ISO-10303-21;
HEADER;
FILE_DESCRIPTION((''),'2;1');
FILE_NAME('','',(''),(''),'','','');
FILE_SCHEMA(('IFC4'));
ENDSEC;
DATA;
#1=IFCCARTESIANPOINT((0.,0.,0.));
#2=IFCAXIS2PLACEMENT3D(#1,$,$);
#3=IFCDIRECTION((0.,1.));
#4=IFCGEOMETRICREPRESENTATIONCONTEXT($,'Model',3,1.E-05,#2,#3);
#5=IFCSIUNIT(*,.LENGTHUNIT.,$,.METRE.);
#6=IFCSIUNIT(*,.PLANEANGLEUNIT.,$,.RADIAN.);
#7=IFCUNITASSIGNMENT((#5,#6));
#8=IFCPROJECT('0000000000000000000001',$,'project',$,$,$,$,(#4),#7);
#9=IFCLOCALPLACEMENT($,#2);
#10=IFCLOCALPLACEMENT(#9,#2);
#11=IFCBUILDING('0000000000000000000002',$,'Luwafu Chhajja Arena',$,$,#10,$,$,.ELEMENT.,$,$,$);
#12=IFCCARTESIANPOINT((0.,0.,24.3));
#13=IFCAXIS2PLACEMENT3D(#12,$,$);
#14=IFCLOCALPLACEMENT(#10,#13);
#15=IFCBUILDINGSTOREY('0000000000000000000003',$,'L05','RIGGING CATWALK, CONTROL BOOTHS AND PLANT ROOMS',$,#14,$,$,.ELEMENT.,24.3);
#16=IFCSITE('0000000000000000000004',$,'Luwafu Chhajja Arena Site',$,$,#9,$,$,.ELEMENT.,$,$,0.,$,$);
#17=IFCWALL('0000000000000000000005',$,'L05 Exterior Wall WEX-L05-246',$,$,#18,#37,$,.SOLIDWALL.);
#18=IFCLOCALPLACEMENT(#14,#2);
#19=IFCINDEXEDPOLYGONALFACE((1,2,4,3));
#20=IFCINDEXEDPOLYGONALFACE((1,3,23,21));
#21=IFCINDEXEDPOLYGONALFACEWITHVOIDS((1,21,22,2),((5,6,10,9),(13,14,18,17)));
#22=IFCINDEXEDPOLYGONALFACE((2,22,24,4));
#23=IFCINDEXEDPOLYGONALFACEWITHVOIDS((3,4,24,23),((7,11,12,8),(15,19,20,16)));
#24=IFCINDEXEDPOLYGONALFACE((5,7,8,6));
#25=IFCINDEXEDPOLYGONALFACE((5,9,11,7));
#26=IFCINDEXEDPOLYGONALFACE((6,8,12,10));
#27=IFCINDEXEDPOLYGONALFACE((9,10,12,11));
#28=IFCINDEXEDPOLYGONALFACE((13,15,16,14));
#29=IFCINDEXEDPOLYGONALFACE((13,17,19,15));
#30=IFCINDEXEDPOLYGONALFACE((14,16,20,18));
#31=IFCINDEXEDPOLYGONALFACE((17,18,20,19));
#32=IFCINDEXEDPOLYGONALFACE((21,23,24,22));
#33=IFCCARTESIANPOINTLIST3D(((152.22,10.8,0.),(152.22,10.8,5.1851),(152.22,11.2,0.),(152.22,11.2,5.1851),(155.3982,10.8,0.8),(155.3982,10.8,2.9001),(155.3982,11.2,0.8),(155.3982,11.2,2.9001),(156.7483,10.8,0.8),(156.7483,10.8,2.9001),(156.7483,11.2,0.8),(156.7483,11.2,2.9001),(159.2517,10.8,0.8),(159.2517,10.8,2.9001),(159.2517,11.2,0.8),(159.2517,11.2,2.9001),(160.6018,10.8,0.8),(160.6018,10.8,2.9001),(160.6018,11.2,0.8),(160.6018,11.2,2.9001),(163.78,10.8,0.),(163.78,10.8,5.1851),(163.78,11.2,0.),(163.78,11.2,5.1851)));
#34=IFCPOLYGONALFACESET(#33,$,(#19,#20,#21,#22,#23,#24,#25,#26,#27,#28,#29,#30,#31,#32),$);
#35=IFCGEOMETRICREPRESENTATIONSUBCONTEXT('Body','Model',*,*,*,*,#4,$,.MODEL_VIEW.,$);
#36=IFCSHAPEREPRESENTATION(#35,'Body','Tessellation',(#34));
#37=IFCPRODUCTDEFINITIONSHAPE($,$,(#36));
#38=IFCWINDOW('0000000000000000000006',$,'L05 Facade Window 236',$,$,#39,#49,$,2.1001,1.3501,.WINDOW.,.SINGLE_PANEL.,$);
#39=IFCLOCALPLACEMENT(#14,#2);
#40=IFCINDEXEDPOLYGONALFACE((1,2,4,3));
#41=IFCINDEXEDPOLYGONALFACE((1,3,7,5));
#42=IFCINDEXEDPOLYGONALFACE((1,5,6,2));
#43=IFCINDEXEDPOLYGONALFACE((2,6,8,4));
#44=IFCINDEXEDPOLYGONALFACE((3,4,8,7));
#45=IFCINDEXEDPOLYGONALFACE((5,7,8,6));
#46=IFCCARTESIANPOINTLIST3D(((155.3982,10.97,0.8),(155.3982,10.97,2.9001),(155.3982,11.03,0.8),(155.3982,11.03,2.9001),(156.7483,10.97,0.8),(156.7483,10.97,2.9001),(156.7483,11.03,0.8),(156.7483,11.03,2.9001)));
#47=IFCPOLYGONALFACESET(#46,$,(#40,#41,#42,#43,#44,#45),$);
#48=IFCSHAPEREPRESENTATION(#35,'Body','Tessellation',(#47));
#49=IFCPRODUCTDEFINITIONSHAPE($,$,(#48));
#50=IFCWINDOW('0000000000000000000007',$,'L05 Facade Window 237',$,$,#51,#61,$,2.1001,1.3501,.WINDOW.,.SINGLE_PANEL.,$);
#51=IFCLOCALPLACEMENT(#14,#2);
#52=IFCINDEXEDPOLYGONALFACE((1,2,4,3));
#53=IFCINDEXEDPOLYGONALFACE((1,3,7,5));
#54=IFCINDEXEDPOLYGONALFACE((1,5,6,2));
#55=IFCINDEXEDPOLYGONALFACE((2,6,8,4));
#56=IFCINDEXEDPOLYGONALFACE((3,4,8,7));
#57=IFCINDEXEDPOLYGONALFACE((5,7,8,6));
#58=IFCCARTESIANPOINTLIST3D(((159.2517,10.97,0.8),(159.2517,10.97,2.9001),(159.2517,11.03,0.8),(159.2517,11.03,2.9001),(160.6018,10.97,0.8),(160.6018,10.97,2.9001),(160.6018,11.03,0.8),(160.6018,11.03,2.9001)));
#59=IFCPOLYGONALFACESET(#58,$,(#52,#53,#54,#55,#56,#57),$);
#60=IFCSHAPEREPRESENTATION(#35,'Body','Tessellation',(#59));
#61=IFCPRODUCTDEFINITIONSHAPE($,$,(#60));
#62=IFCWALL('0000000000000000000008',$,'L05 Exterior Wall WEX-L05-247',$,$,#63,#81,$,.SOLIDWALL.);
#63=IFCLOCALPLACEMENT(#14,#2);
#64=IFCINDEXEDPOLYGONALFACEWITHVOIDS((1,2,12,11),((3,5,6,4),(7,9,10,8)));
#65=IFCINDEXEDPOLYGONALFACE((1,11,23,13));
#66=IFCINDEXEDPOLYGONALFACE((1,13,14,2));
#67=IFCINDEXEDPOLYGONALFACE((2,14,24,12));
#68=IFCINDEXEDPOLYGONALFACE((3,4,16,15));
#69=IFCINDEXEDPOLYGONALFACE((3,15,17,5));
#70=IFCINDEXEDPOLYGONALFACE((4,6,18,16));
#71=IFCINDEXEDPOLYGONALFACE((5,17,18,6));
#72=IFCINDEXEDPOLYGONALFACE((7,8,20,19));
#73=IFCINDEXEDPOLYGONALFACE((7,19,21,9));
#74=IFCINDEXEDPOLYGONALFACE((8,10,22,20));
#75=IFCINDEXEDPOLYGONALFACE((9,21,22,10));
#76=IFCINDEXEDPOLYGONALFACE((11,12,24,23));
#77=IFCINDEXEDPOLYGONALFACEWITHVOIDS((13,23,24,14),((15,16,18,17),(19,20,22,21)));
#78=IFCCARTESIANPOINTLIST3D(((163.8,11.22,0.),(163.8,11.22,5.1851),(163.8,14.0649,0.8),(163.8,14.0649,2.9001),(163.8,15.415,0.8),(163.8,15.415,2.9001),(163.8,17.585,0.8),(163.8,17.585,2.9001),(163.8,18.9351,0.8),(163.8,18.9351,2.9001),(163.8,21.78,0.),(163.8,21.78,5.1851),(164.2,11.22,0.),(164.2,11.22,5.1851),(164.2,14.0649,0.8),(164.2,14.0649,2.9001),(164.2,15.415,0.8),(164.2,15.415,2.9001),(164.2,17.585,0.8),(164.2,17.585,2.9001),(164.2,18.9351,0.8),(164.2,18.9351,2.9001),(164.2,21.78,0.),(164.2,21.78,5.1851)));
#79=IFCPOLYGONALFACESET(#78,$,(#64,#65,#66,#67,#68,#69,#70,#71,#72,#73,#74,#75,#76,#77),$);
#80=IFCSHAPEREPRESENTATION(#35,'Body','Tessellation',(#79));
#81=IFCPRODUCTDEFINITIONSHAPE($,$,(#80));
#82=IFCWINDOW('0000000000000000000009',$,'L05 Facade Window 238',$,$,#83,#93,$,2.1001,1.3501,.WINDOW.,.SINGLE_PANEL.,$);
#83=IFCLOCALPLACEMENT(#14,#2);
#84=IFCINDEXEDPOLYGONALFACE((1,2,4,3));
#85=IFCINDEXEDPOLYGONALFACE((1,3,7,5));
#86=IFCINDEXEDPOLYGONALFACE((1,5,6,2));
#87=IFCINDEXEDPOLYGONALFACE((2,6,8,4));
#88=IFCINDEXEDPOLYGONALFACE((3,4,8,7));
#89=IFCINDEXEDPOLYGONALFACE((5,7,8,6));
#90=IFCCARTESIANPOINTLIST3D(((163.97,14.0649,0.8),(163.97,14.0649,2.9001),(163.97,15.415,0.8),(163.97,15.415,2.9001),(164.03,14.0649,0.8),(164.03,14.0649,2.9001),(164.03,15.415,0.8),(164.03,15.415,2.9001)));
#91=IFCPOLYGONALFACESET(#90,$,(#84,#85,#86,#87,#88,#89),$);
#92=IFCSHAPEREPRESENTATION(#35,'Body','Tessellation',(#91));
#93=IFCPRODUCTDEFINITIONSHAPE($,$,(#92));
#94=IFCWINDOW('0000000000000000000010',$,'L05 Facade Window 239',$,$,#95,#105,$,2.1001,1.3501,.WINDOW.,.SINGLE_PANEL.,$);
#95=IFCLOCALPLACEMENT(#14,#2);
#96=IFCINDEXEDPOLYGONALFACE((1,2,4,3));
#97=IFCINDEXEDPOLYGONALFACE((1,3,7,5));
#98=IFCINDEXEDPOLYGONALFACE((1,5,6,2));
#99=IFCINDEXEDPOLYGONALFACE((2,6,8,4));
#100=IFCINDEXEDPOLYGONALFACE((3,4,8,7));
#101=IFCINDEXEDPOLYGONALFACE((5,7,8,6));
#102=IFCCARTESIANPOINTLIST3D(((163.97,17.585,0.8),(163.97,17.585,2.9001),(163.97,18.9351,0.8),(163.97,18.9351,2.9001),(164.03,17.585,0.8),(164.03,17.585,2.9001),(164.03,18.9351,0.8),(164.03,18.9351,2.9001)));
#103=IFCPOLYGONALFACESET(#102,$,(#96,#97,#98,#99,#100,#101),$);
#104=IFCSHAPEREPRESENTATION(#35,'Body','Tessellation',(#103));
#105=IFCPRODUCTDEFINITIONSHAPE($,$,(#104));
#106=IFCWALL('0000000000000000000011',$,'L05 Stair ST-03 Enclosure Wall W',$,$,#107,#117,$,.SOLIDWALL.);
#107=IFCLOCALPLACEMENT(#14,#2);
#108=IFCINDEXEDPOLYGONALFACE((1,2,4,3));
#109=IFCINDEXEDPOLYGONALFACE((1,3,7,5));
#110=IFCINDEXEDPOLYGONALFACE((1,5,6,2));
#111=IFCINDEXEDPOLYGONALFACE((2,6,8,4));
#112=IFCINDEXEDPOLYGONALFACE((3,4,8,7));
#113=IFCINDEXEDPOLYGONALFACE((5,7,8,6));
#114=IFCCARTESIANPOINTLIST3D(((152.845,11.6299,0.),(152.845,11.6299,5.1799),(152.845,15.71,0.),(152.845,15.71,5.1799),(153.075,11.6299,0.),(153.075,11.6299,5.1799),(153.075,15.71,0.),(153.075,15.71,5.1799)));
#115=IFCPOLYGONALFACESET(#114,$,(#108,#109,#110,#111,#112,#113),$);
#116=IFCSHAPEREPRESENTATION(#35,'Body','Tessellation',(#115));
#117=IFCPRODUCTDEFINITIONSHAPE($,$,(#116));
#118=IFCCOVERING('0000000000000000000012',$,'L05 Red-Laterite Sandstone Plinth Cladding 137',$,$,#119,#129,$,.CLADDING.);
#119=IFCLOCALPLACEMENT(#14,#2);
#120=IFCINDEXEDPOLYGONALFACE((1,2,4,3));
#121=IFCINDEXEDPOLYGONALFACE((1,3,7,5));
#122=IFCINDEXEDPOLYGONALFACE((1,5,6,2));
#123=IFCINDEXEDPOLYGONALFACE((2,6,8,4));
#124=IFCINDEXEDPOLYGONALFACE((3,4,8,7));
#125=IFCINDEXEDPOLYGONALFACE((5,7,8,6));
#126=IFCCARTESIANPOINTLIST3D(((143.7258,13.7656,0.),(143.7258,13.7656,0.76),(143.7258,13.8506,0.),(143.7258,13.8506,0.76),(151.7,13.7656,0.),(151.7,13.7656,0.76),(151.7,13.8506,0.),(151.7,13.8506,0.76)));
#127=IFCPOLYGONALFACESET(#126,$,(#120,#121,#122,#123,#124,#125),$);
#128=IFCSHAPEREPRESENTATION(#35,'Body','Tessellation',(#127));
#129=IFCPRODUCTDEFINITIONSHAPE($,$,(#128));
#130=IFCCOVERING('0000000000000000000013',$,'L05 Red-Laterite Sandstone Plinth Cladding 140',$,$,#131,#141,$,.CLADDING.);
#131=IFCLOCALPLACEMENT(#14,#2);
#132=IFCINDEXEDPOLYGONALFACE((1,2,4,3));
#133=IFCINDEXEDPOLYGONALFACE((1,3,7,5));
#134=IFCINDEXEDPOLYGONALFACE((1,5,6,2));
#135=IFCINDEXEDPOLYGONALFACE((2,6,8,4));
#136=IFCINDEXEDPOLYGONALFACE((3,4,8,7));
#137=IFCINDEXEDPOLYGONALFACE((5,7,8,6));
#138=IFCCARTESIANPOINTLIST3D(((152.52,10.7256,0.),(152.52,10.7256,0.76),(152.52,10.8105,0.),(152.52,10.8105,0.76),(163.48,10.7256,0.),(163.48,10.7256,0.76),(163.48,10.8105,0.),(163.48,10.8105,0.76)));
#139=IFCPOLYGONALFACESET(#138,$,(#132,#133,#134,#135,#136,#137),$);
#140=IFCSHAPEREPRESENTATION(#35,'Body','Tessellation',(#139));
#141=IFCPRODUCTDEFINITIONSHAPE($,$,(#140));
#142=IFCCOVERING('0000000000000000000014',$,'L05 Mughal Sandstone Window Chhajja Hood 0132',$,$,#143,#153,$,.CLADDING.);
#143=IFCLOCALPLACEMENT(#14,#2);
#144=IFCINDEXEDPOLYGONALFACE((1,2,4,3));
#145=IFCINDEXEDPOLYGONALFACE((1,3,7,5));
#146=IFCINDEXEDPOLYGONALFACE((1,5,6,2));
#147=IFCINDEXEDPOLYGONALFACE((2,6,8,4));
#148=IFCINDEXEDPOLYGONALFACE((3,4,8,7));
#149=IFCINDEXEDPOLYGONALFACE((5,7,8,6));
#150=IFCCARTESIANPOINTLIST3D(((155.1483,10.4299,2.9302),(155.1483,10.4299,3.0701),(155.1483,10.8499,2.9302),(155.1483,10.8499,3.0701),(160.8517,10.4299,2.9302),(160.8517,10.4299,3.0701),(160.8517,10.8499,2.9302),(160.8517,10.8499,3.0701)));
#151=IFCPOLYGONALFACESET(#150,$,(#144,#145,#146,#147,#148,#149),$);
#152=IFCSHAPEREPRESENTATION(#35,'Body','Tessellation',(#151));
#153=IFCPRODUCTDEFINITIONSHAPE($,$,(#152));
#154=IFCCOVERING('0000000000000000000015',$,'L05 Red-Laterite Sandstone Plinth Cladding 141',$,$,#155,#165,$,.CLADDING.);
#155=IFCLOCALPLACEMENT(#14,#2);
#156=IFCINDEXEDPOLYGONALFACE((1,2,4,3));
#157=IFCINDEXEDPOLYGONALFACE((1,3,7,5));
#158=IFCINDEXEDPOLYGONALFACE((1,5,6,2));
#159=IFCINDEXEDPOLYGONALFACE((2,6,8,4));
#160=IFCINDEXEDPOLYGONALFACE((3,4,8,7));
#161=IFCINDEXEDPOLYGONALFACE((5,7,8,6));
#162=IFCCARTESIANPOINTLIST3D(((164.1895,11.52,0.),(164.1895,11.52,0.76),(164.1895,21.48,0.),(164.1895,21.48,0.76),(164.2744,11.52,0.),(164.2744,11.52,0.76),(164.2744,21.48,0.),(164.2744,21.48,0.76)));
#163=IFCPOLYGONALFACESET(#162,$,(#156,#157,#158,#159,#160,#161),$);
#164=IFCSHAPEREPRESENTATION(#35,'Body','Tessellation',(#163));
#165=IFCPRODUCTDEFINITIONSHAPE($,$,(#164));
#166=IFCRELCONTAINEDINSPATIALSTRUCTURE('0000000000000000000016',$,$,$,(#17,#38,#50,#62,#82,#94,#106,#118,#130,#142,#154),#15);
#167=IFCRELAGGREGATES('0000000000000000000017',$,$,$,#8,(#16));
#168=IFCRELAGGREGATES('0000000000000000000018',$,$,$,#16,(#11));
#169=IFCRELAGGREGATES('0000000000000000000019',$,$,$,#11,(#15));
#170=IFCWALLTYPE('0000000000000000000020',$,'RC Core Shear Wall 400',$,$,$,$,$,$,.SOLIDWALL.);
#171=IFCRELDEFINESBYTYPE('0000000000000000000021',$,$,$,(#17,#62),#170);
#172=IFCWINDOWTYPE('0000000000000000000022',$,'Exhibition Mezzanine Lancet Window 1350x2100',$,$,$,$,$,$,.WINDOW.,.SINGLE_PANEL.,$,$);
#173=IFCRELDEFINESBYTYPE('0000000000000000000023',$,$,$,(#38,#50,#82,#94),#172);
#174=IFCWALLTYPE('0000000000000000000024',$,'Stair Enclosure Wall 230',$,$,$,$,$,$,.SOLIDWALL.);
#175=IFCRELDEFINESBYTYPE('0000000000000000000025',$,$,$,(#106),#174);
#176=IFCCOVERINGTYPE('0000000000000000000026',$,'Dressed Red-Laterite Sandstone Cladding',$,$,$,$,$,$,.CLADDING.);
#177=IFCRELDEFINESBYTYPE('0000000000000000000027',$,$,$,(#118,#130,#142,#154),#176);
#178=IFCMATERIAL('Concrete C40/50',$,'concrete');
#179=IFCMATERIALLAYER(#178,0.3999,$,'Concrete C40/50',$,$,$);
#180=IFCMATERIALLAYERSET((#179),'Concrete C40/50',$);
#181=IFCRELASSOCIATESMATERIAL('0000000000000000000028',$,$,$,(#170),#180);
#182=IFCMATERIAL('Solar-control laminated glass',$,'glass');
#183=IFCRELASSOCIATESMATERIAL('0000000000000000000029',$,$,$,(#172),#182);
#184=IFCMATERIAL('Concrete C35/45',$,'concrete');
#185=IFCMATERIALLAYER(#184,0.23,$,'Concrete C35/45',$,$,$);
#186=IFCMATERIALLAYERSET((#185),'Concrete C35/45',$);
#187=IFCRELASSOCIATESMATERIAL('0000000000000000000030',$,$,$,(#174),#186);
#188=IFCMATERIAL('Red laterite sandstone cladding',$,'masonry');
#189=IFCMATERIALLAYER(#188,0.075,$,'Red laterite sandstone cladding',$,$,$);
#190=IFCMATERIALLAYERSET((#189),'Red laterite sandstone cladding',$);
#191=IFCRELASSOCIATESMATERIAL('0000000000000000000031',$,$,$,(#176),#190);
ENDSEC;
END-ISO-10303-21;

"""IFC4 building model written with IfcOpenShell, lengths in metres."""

from ifc_helpers import new_model, si_unit, direction, frame, frame_2d, origin, origin_2d, place, context, subcontext, project, spatial, rectangle, extrude, material, layer, layer_set, type_object, element, fill, save


model = new_model("IFC4")

# Units and contexts
model_context = context("Model", 3, precision=1e-05, world=origin(), true_north=direction((0.0, 1.0)))
body_context = subcontext(model_context, "Body", "Model", "MODEL_VIEW")
ifc_project = project(units=[si_unit("LENGTHUNIT", "METRE"), si_unit("PLANEANGLEUNIT", "RADIAN")], contexts=[model_context])

# Site, building, storey
site_placement = place(None, origin())
site = spatial("IfcSite", under=ifc_project, at=site_placement, Name="Luwafu Chhajja Arena Site", CompositionType="ELEMENT", RefElevation=0.0)
building_placement = place(site_placement, origin())
building = spatial("IfcBuilding", under=site, at=building_placement, Name="Luwafu Chhajja Arena", CompositionType="ELEMENT")
storey_placement = place(building_placement, frame((0.0, 0.0, 24.3)))
storey = spatial("IfcBuildingStorey", under=building, at=storey_placement, Name="L05", Description="RIGGING CATWALK, CONTROL BOOTHS AND PLANT ROOMS", CompositionType="ELEMENT", Elevation=24.3)

# Shared definitions
ifc_material_1 = material(Name="Concrete C35/45", Category="concrete")
ifc_material_2 = material(Name="Concrete C40/50", Category="concrete")

# Walls, openings, windows
ifc_layer_1 = layer(ifc_material_2, 0.3999, Name="Concrete C40/50")
ifc_layer_set_1 = layer_set([ifc_layer_1], Name="Concrete C40/50")
wall_type_1 = type_object("IfcWallType", Name="RC Core Shear Wall 400", PredefinedType="SOLIDWALL", material=ifc_layer_set_1)
wall_1_placement = place(storey_placement, frame((152.22, 11.0, 0.0), z_axis=(0.0, 0.0, 1.0), x_axis=(1.0, 0.0, 0.0)))
wall_1 = element("IfcWall", 1, at=wall_1_placement, inside=storey, type_object=wall_type_1, Name="L05 Exterior Wall WEX-L05-246", PredefinedType="SOLIDWALL", context=body_context, shape_type="SweptSolid", body=[
    extrude(rectangle(XDim=11.5601, YDim=0.3999, at=frame_2d((5.78, 0.0))), origin(), (0.0, 0.0, 1.0), 5.1851),
])
opening_1_placement = place(wall_1_placement, frame((3.1782, 0.0, 0.8)))
opening_1 = element("IfcOpeningElement", 2, at=opening_1_placement, cuts=wall_1, PredefinedType="OPENING", context=body_context, shape_type="SweptSolid", body=[
    extrude(rectangle(XDim=1.3501, YDim=2.1001, at=frame_2d((0.675, 1.05))), frame((0.0, 0.21, 0.0), z_axis=(0.0, -1.0, 0.0), x_axis=(1.0, 0.0, 0.0)), (0.0, 0.0, 1.0), 0.4199),
])
opening_2_placement = place(wall_1_placement, frame((7.0317, 0.0, 0.8)))
opening_2 = element("IfcOpeningElement", 3, at=opening_2_placement, cuts=wall_1, PredefinedType="OPENING", context=body_context, shape_type="SweptSolid", body=[
    extrude(rectangle(XDim=1.3501, YDim=2.1001, at=frame_2d((0.675, 1.05))), frame((0.0, 0.21, 0.0), z_axis=(0.0, -1.0, 0.0), x_axis=(1.0, 0.0, 0.0)), (0.0, 0.0, 1.0), 0.4199),
])
ifc_material_3 = material(Name="Solar-control laminated glass", Category="glass")
window_type = type_object("IfcWindowType", Name="Exhibition Mezzanine Lancet Window 1350x2100", PartitioningType="SINGLE_PANEL", PredefinedType="WINDOW", material=ifc_material_3)
window_1_placement = place(opening_1_placement, origin())
window_1 = element("IfcWindow", 4, at=window_1_placement, inside=storey, type_object=window_type, Name="L05 Facade Window 236", OverallHeight=2.1001, OverallWidth=1.3501, PartitioningType="SINGLE_PANEL", PredefinedType="WINDOW", context=body_context, shape_type="SweptSolid", body=[
    extrude(rectangle(XDim=1.3501, YDim=2.1001, at=frame_2d((0.675, 1.05))), frame((0.0, 0.03, 0.0), z_axis=(0.0, -1.0, 0.0), x_axis=(1.0, 0.0, 0.0)), (0.0, 0.0, 1.0), 0.0601),
])
fill(opening_1, window_1)
window_2_placement = place(opening_2_placement, origin())
window_2 = element("IfcWindow", 5, at=window_2_placement, inside=storey, type_object=window_type, Name="L05 Facade Window 237", OverallHeight=2.1001, OverallWidth=1.3501, PartitioningType="SINGLE_PANEL", PredefinedType="WINDOW", context=body_context, shape_type="SweptSolid", body=[
    extrude(rectangle(XDim=1.3501, YDim=2.1001, at=frame_2d((0.675, 1.05))), frame((0.0, 0.03, 0.0), z_axis=(0.0, -1.0, 0.0), x_axis=(1.0, 0.0, 0.0)), (0.0, 0.0, 1.0), 0.0601),
])
fill(opening_2, window_2)
wall_2_placement = place(storey_placement, frame((164.0, 11.22, 0.0), z_axis=(0.0, 0.0, 1.0), x_axis=(0.0, 1.0, 0.0)))
wall_2 = element("IfcWall", 6, at=wall_2_placement, inside=storey, type_object=wall_type_1, Name="L05 Exterior Wall WEX-L05-247", PredefinedType="SOLIDWALL", context=body_context, shape_type="SweptSolid", body=[
    extrude(rectangle(XDim=10.5601, YDim=0.3999, at=frame_2d((5.28, 0.0))), origin(), (0.0, 0.0, 1.0), 5.1851),
])
opening_3_placement = place(wall_2_placement, frame((2.845, 0.0, 0.8)))
opening_3 = element("IfcOpeningElement", 7, at=opening_3_placement, cuts=wall_2, PredefinedType="OPENING", context=body_context, shape_type="SweptSolid", body=[
    extrude(rectangle(XDim=1.3501, YDim=2.1001, at=frame_2d((0.675, 1.05))), frame((0.0, 0.21, 0.0), z_axis=(0.0, -1.0, 0.0), x_axis=(1.0, 0.0, 0.0)), (0.0, 0.0, 1.0), 0.4199),
])
opening_4_placement = place(wall_2_placement, frame((6.365, 0.0, 0.8)))
opening_4 = element("IfcOpeningElement", 8, at=opening_4_placement, cuts=wall_2, PredefinedType="OPENING", context=body_context, shape_type="SweptSolid", body=[
    extrude(rectangle(XDim=1.3501, YDim=2.1001, at=frame_2d((0.675, 1.05))), frame((0.0, 0.21, 0.0), z_axis=(0.0, -1.0, 0.0), x_axis=(1.0, 0.0, 0.0)), (0.0, 0.0, 1.0), 0.4199),
])
window_3_placement = place(opening_3_placement, origin())
window_3 = element("IfcWindow", 9, at=window_3_placement, inside=storey, type_object=window_type, Name="L05 Facade Window 238", OverallHeight=2.1001, OverallWidth=1.3501, PartitioningType="SINGLE_PANEL", PredefinedType="WINDOW", context=body_context, shape_type="SweptSolid", body=[
    extrude(rectangle(XDim=1.3501, YDim=2.1001, at=frame_2d((0.675, 1.05))), frame((0.0, 0.03, 0.0), z_axis=(0.0, -1.0, 0.0), x_axis=(1.0, 0.0, 0.0)), (0.0, 0.0, 1.0), 0.0601),
])
fill(opening_3, window_3)
window_4_placement = place(opening_4_placement, origin())
window_4 = element("IfcWindow", 10, at=window_4_placement, inside=storey, type_object=window_type, Name="L05 Facade Window 239", OverallHeight=2.1001, OverallWidth=1.3501, PartitioningType="SINGLE_PANEL", PredefinedType="WINDOW", context=body_context, shape_type="SweptSolid", body=[
    extrude(rectangle(XDim=1.3501, YDim=2.1001, at=frame_2d((0.675, 1.05))), frame((0.0, 0.03, 0.0), z_axis=(0.0, -1.0, 0.0), x_axis=(1.0, 0.0, 0.0)), (0.0, 0.0, 1.0), 0.0601),
])
fill(opening_4, window_4)

# Wall
ifc_layer_2 = layer(ifc_material_1, 0.23, Name="Concrete C35/45")
ifc_layer_set_2 = layer_set([ifc_layer_2], Name="Concrete C35/45")
wall_type_2 = type_object("IfcWallType", Name="Stair Enclosure Wall 230", PredefinedType="SOLIDWALL", material=ifc_layer_set_2)
wall_3_placement = place(storey_placement, frame((152.96, 11.6299, 0.0), z_axis=(0.0, 0.0, 1.0), x_axis=(0.0, 1.0, 0.0)))
element("IfcWall", 11, at=wall_3_placement, inside=storey, type_object=wall_type_2, Name="L05 Stair ST-03 Enclosure Wall W", PredefinedType="SOLIDWALL", context=body_context, shape_type="SweptSolid", body=[
    extrude(rectangle(XDim=4.0801, YDim=0.23, at=frame_2d((2.04, 0.0))), origin(), (0.0, 0.0, 1.0), 5.1799),
])

# Coverings
ifc_material_4 = material(Name="Red laterite sandstone cladding", Category="masonry")
ifc_layer_3 = layer(ifc_material_4, 0.075, Name="Red laterite sandstone cladding")
ifc_layer_set_3 = layer_set([ifc_layer_3], Name="Red laterite sandstone cladding")
covering_type = type_object("IfcCoveringType", Name="Dressed Red-Laterite Sandstone Cladding", PredefinedType="CLADDING", material=ifc_layer_set_3)
covering_1_placement = place(storey_placement, frame((147.7129, 13.8081, 0.0), z_axis=(0.0, 0.0, 1.0), x_axis=(1.0, 0.0, 0.0)))
element("IfcCovering", 12, at=covering_1_placement, inside=storey, type_object=covering_type, Name="L05 Red-Laterite Sandstone Plinth Cladding 137", PredefinedType="CLADDING", context=body_context, shape_type="SweptSolid", body=[
    extrude(rectangle(XDim=7.9741, YDim=0.085, at=origin_2d()), origin(), (0.0, 0.0, 1.0), 0.76),
])
covering_2_placement = place(storey_placement, frame((158.0, 10.7681, 0.0), z_axis=(0.0, 0.0, 1.0), x_axis=(1.0, 0.0, 0.0)))
element("IfcCovering", 13, at=covering_2_placement, inside=storey, type_object=covering_type, Name="L05 Red-Laterite Sandstone Plinth Cladding 140", PredefinedType="CLADDING", context=body_context, shape_type="SweptSolid", body=[
    extrude(rectangle(XDim=10.96, YDim=0.085, at=origin_2d()), origin(), (0.0, 0.0, 1.0), 0.76),
])
covering_3_placement = place(storey_placement, frame((158.0, 10.6399, 2.9302), z_axis=(0.0, 0.0, 1.0), x_axis=(1.0, 0.0, 0.0)))
element("IfcCovering", 14, at=covering_3_placement, inside=storey, type_object=covering_type, Name="L05 Mughal Sandstone Window Chhajja Hood 0132", PredefinedType="CLADDING", context=body_context, shape_type="SweptSolid", body=[
    extrude(rectangle(XDim=5.7034, YDim=0.4199, at=origin_2d()), origin(), (0.0, 0.0, 1.0), 0.1399),
])
covering_4_placement = place(storey_placement, frame((164.2319, 16.5, 0.0), z_axis=(0.0, 0.0, 1.0), x_axis=(0.0, 1.0, 0.0)))
element("IfcCovering", 15, at=covering_4_placement, inside=storey, type_object=covering_type, Name="L05 Red-Laterite Sandstone Plinth Cladding 141", PredefinedType="CLADDING", context=body_context, shape_type="SweptSolid", body=[
    extrude(rectangle(XDim=9.96, YDim=0.085, at=origin_2d()), origin(), (0.0, 0.0, 1.0), 0.76),
])

save(model, "model.ifc")
